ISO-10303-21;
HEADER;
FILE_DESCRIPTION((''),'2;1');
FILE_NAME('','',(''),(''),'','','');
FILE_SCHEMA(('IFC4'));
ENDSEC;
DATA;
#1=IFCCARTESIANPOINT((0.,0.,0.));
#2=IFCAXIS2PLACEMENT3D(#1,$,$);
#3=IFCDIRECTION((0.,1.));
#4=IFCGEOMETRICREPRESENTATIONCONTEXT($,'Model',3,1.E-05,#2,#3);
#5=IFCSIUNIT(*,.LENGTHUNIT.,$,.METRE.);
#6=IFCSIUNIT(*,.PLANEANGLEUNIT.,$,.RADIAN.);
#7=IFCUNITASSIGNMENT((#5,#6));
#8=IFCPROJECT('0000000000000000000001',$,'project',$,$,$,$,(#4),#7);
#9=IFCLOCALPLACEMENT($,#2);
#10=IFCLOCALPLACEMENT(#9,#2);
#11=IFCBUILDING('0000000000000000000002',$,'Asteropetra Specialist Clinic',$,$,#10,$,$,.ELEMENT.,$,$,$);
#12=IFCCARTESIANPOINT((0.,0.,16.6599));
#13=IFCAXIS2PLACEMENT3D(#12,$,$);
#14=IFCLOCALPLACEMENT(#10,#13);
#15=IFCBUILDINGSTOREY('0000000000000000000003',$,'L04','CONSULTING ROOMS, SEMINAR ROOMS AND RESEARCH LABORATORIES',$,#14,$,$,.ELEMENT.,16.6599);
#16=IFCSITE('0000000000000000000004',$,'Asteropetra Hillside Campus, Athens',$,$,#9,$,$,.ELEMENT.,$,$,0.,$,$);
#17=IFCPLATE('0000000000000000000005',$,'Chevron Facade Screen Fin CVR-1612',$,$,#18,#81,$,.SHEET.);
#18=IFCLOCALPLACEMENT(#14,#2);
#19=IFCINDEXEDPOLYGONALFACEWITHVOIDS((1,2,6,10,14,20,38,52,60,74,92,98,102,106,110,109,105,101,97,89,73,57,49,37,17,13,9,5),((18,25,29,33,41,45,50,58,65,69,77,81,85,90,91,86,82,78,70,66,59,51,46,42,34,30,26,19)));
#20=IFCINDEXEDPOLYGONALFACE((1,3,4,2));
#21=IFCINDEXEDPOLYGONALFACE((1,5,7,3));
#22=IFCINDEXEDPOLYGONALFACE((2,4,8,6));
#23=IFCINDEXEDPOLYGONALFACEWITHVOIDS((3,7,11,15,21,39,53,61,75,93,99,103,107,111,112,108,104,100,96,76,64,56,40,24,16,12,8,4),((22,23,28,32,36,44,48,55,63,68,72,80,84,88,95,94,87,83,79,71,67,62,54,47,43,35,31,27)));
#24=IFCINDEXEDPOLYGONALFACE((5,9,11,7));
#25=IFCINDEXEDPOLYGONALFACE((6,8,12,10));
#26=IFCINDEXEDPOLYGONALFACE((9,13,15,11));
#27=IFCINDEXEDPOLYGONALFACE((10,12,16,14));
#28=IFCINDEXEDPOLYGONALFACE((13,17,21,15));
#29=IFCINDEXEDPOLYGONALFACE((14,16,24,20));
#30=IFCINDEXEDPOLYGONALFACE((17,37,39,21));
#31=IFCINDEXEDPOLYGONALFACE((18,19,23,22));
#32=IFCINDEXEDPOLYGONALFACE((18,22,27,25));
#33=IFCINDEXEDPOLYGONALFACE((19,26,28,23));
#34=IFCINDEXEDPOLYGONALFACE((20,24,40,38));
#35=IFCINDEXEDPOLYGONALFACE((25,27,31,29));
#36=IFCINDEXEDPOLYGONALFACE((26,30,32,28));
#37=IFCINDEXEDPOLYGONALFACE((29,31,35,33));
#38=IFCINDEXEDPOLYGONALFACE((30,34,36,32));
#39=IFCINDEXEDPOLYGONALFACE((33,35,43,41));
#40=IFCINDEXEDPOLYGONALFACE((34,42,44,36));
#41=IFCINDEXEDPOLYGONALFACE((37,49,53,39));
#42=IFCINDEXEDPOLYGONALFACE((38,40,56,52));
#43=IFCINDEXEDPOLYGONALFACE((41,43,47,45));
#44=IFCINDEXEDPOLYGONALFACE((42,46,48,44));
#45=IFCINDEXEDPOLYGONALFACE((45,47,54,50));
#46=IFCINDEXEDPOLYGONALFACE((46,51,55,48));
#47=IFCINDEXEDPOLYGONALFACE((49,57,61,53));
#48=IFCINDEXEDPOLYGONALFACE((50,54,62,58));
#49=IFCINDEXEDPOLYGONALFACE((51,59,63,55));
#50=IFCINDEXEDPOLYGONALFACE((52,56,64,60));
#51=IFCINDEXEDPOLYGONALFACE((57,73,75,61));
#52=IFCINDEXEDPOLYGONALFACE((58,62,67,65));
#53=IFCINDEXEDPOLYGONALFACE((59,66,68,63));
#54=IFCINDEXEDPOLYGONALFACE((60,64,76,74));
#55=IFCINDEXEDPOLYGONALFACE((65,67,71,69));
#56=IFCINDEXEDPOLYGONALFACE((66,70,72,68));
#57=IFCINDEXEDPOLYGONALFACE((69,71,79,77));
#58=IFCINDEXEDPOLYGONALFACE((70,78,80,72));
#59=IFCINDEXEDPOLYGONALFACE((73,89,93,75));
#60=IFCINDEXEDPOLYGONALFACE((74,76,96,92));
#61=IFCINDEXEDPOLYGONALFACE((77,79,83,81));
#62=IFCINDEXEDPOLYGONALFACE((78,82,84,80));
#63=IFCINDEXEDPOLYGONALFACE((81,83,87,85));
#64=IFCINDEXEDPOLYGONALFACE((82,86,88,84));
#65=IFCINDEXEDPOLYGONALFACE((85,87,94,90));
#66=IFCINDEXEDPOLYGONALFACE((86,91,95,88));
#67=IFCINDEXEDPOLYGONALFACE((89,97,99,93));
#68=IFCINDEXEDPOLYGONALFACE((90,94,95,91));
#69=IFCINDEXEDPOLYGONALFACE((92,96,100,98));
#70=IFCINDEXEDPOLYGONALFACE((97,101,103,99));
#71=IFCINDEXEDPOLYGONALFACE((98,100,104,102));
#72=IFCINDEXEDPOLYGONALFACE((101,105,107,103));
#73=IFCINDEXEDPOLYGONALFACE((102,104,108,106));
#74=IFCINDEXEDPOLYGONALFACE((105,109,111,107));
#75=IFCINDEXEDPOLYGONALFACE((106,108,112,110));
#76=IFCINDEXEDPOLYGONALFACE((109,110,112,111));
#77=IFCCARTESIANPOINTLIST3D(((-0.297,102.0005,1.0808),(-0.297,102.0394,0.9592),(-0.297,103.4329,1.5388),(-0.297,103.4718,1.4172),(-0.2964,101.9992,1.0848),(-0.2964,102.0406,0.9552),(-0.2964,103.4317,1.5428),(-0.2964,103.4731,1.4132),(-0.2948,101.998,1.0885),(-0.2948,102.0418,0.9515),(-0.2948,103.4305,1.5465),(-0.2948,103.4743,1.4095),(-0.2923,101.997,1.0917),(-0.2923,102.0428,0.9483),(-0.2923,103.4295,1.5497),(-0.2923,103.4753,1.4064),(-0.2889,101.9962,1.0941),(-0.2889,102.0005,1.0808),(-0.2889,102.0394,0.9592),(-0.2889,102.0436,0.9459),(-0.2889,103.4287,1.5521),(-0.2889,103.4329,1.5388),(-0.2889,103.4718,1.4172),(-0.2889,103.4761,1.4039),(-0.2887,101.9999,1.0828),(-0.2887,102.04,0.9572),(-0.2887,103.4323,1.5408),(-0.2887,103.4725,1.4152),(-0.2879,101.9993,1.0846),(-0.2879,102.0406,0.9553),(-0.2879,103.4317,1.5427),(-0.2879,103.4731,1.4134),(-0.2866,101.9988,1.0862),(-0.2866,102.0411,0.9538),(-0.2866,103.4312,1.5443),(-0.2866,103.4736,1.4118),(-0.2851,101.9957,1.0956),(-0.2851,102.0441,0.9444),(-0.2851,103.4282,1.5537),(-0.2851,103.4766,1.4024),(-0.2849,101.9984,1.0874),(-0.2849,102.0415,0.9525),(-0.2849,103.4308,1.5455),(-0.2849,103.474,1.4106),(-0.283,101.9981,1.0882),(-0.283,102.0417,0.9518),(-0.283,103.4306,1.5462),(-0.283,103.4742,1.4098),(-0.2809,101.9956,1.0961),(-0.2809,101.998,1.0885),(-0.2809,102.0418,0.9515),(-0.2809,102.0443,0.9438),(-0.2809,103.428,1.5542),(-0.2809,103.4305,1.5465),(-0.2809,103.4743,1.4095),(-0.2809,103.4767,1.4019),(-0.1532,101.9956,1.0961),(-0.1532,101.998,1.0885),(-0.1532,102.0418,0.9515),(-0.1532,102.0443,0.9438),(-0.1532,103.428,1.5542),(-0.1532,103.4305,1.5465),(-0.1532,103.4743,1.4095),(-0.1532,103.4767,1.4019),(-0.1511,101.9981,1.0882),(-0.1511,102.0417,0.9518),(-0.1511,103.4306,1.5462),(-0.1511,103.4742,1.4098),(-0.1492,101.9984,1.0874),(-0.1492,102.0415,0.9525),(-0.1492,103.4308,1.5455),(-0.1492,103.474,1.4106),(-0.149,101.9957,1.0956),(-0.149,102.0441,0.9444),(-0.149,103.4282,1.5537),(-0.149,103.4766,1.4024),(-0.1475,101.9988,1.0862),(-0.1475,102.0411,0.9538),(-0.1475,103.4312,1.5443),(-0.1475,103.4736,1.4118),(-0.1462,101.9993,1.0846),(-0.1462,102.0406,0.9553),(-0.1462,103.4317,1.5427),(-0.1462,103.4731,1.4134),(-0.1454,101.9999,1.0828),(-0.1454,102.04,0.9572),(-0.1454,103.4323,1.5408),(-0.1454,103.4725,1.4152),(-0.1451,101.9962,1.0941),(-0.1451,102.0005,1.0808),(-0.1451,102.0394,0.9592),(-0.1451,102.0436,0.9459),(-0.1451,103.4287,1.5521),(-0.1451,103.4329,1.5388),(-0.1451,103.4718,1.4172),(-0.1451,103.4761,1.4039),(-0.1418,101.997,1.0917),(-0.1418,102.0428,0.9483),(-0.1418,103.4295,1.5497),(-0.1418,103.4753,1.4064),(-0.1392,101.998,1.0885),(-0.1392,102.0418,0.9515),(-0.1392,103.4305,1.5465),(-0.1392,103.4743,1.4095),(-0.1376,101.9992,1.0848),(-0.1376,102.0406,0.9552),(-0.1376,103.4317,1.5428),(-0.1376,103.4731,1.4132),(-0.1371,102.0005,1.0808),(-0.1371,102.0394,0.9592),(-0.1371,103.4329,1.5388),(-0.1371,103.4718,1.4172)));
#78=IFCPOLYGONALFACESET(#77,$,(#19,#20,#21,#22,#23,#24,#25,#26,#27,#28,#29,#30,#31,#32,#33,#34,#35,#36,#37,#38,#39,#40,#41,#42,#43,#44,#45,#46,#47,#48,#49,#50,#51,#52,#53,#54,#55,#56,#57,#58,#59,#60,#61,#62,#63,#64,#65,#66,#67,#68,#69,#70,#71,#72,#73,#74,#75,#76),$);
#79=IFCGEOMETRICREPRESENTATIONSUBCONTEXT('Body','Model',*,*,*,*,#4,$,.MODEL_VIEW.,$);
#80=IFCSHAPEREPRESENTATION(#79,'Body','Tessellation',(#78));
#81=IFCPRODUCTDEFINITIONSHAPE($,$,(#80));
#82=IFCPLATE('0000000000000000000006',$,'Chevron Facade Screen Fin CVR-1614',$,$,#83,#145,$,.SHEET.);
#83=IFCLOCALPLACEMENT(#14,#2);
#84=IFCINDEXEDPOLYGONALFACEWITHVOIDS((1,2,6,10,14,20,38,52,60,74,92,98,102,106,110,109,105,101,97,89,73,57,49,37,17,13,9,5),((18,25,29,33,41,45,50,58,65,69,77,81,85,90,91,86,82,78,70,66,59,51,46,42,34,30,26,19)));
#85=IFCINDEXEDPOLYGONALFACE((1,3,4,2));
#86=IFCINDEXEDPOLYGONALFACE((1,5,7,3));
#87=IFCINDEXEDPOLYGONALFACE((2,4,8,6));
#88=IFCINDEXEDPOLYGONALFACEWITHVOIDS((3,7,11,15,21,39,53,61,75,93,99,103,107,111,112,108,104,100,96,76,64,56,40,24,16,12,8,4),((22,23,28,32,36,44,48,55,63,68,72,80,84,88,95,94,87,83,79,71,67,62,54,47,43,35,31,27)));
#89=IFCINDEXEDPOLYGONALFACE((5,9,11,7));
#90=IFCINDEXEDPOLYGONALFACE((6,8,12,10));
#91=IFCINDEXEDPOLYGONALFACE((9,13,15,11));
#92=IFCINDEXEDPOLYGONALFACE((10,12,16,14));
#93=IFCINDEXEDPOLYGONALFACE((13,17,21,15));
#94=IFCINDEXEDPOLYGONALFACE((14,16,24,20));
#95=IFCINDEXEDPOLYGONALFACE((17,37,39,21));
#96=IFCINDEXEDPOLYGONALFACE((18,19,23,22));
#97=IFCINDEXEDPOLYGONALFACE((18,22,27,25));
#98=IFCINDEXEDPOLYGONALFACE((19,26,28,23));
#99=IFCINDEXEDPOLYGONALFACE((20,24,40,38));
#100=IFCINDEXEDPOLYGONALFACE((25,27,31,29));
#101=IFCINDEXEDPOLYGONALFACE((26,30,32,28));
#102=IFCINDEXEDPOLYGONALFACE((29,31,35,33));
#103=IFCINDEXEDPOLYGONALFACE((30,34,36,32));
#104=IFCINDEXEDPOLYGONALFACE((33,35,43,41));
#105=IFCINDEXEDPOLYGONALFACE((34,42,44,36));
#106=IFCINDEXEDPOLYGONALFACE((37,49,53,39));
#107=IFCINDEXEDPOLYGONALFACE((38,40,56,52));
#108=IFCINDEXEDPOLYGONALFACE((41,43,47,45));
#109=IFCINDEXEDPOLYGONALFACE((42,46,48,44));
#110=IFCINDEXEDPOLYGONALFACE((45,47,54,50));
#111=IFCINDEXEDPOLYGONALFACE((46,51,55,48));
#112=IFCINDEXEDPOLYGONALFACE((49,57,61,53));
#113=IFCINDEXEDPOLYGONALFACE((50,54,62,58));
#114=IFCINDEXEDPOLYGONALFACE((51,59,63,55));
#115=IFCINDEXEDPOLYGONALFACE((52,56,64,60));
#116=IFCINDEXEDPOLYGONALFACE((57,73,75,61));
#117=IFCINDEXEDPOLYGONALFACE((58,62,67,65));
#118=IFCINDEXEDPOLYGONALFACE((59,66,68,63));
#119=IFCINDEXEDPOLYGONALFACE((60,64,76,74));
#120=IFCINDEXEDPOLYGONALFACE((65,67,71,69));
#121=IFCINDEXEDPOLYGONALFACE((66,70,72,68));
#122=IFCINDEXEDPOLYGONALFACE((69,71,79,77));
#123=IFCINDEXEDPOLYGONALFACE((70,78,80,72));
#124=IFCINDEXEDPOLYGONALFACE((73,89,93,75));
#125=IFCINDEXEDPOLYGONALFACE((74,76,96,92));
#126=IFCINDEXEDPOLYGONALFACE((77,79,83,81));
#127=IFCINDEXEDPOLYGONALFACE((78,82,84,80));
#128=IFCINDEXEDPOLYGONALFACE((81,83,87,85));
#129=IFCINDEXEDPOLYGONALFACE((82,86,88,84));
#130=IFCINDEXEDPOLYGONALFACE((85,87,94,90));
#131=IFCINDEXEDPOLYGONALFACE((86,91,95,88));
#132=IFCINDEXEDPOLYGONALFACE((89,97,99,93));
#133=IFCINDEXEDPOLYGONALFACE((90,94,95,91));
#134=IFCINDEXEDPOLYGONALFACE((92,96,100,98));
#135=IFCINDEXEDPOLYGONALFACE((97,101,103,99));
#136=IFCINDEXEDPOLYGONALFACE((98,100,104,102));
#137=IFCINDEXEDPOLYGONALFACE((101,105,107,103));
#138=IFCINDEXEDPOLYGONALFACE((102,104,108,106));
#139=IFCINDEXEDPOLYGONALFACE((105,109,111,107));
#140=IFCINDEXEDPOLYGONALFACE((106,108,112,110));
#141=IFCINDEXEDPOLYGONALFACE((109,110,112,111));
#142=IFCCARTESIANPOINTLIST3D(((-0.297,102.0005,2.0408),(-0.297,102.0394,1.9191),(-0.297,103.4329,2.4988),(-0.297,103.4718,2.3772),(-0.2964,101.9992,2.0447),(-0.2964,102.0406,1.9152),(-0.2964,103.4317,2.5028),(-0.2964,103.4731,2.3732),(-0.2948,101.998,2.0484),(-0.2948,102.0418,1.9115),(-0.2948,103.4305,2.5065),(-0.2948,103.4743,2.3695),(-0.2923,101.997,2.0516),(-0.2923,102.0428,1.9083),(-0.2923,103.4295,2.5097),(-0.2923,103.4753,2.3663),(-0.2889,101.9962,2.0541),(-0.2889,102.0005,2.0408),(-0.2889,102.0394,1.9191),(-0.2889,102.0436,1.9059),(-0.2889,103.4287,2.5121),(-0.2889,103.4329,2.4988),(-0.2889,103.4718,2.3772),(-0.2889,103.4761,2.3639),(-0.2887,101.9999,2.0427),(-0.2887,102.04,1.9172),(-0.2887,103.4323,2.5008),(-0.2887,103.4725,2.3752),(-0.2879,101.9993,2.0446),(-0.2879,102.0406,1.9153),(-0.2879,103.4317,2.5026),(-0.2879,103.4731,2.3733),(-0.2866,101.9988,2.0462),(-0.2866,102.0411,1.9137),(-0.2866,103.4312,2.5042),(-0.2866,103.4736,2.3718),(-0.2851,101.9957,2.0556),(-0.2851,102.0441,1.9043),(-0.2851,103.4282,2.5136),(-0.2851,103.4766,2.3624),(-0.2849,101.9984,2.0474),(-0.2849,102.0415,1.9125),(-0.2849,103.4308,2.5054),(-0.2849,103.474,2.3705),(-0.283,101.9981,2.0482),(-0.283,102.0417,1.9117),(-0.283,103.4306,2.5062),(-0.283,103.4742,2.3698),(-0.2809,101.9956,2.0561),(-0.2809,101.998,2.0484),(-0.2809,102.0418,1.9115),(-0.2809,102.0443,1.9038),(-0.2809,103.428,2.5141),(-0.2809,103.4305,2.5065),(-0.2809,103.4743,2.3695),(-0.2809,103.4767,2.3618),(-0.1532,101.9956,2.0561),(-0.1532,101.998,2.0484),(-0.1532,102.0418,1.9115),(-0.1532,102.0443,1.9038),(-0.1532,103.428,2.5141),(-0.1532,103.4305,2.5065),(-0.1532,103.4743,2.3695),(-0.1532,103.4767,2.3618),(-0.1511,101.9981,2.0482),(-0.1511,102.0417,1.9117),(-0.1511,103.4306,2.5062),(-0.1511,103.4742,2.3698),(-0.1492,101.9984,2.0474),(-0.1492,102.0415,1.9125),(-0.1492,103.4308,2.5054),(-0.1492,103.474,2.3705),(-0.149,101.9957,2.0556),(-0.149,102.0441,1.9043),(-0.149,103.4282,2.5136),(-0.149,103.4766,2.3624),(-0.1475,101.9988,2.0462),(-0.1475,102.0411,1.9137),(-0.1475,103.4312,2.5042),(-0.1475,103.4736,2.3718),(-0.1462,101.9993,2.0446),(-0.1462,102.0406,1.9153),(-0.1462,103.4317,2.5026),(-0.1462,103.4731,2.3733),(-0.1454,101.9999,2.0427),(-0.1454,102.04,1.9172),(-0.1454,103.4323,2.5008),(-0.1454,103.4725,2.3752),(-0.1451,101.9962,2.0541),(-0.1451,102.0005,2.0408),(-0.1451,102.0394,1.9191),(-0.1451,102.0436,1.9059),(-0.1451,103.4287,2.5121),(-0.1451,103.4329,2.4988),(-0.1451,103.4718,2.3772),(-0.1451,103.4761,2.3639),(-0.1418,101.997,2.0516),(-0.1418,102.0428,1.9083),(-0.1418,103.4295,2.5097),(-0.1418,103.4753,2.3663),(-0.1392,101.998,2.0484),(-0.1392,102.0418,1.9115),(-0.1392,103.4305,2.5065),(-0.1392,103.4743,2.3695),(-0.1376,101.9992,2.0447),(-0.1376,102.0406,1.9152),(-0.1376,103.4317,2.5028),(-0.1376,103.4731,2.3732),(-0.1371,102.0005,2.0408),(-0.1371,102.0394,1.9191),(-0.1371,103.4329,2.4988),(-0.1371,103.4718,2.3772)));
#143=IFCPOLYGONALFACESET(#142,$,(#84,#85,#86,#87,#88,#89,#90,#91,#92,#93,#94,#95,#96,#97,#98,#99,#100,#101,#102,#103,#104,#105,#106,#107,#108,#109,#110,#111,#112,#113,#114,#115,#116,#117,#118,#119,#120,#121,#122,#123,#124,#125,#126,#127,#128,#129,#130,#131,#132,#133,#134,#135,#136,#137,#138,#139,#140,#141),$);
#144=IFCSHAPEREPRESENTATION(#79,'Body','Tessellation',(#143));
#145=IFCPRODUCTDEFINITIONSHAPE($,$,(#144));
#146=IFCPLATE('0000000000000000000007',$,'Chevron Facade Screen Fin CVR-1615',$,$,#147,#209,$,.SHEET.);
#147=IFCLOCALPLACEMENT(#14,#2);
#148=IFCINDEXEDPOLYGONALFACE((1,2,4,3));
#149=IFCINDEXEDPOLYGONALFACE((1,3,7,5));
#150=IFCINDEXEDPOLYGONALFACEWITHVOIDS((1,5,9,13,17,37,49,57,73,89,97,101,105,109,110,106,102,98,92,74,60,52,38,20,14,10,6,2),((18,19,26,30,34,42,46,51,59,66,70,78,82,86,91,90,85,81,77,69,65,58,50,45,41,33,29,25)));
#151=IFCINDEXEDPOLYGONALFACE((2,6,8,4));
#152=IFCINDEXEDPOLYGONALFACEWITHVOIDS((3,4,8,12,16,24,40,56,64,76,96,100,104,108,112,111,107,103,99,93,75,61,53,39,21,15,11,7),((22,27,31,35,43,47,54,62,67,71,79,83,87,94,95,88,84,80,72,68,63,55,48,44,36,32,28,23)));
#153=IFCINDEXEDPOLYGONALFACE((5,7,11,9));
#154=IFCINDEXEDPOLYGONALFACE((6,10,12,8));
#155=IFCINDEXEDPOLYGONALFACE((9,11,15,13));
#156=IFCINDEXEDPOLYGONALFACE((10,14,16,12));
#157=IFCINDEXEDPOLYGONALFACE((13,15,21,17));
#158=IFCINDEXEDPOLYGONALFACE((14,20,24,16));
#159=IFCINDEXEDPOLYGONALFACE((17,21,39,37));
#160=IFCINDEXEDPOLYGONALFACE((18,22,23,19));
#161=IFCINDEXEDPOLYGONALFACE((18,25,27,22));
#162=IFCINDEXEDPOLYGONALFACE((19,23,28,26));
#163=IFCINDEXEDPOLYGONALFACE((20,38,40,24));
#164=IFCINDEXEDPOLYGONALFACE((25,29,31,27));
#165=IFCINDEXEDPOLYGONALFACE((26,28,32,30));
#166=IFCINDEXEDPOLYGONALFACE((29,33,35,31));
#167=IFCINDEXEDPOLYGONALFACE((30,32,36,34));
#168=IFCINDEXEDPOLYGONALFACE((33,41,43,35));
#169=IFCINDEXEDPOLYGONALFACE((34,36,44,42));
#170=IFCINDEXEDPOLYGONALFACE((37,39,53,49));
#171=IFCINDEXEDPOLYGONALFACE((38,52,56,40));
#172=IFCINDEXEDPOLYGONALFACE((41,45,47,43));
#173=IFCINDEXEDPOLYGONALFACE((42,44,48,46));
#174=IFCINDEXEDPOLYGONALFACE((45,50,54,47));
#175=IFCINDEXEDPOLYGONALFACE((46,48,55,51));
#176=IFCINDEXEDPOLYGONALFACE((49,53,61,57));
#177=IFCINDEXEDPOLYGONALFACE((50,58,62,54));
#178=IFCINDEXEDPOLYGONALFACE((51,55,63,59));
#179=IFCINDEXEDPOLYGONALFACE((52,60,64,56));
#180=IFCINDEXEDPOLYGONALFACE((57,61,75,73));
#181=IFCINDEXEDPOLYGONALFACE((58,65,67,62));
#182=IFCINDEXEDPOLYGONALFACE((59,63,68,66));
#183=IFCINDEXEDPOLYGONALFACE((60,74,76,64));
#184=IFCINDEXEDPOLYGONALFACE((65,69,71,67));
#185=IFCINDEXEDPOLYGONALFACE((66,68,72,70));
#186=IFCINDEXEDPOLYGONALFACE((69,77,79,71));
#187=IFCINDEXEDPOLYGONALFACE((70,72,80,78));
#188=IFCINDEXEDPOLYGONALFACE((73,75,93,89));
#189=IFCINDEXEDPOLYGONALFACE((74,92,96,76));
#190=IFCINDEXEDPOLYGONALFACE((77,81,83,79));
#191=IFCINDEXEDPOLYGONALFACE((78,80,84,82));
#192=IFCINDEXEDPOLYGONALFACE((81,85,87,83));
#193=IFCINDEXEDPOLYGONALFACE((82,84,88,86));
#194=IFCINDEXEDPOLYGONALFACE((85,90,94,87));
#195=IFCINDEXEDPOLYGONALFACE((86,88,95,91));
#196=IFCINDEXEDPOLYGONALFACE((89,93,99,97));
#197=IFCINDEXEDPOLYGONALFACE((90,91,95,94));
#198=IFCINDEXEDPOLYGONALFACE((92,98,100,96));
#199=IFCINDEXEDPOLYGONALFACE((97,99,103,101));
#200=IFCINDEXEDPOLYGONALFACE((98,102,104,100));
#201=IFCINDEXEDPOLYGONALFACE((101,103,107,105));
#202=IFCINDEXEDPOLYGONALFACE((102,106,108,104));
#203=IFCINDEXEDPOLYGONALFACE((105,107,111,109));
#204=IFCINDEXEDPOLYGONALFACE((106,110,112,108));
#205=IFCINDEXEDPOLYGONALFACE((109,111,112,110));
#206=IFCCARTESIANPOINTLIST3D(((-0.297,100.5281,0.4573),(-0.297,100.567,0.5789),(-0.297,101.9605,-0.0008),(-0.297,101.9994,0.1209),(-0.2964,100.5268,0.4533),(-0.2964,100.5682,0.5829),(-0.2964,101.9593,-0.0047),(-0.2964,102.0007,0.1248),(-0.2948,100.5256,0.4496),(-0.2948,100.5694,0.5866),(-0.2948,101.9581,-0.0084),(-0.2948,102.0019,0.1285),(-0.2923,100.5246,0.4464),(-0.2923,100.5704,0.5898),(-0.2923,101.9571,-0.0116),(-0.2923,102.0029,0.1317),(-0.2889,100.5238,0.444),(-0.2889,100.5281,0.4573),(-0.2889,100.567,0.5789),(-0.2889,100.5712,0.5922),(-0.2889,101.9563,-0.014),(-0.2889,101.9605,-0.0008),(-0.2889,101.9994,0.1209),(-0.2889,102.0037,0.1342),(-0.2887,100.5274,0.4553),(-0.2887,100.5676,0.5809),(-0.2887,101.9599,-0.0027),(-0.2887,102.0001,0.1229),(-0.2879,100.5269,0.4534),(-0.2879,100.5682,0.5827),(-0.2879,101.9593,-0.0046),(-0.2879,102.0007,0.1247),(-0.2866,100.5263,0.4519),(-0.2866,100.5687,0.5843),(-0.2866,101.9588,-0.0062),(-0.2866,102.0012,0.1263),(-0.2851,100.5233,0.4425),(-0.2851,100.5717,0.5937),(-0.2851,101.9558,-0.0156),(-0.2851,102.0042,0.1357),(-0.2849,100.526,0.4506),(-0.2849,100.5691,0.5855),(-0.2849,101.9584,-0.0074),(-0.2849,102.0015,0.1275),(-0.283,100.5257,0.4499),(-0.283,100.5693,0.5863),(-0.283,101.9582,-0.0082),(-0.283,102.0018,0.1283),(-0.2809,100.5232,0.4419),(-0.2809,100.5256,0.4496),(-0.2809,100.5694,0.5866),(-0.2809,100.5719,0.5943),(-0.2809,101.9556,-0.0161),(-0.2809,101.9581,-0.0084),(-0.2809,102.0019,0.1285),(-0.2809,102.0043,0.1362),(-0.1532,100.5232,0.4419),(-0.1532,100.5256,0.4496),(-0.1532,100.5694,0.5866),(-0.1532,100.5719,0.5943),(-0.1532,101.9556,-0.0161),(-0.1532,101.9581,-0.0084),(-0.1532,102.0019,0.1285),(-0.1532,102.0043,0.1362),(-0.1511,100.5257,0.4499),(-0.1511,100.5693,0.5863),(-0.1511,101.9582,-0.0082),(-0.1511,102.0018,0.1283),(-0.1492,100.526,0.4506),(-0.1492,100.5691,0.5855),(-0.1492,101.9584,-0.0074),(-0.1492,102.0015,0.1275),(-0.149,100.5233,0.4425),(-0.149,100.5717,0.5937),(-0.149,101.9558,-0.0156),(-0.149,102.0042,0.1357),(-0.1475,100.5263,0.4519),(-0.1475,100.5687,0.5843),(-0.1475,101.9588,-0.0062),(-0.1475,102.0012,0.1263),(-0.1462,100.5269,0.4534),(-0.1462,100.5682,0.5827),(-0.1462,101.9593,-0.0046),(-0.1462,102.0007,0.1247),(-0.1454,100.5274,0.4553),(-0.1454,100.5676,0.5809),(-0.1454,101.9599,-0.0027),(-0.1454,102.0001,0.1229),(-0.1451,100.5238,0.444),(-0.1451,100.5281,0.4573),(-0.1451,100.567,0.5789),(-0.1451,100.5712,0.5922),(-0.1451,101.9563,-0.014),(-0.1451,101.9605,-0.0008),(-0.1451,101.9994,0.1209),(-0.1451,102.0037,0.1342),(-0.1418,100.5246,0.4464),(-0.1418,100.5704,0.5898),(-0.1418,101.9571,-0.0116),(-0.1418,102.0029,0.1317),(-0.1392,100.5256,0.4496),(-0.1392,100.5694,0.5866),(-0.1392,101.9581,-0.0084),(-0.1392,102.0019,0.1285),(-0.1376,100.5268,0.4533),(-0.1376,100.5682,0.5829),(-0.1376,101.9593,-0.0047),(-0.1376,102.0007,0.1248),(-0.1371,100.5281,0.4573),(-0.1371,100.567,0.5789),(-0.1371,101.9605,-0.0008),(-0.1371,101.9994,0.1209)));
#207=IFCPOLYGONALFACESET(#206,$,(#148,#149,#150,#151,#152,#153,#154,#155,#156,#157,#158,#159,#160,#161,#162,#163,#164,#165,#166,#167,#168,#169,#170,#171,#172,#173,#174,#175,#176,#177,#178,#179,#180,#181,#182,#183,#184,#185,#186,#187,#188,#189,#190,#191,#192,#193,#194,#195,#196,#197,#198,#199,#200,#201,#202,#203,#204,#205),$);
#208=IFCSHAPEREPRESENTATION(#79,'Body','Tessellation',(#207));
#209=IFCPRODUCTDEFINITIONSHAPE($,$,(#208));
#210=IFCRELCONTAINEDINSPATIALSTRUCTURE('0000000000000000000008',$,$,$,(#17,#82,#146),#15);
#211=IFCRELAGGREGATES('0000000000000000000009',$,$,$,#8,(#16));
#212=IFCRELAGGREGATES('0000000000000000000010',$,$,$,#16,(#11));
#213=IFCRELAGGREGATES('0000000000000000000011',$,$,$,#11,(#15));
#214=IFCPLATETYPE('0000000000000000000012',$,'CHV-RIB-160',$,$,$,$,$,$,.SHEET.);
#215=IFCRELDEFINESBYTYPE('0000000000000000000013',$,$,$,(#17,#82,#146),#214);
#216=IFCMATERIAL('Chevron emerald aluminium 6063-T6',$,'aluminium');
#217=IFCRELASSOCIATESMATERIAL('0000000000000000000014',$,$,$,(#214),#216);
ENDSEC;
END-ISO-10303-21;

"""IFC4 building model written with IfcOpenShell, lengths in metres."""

from ifc_helpers import new_model, si_unit, direction, frame, origin, origin_2d, place, context, subcontext, project, spatial, hollow_rectangle, extrude, material, material_profile, profile_set, type_object, element, save


model = new_model("IFC4")

# Units and contexts
model_context = context("Model", 3, precision=1e-05, world=origin(), true_north=direction((0.0, 1.0)))
body_context = subcontext(model_context, "Body", "Model", "MODEL_VIEW")
ifc_project = project(units=[si_unit("LENGTHUNIT", "METRE"), si_unit("PLANEANGLEUNIT", "RADIAN")], contexts=[model_context])

# Site, building, storey
site_placement = place(None, origin())
site = spatial("IfcSite", under=ifc_project, at=site_placement, Name="Asteropetra Hillside Campus, Athens", CompositionType="ELEMENT", RefElevation=0.0)
building_placement = place(site_placement, origin())
building = spatial("IfcBuilding", under=site, at=building_placement, Name="Asteropetra Specialist Clinic", CompositionType="ELEMENT")
storey_placement = place(building_placement, frame((0.0, 0.0, 16.6599)))
storey = spatial("IfcBuildingStorey", under=building, at=storey_placement, Name="L04", Description="CONSULTING ROOMS, SEMINAR ROOMS AND RESEARCH LABORATORIES", CompositionType="ELEMENT", Elevation=16.6599)

# Plates
ifc_material_1 = material(Name="Chevron emerald aluminium 6063-T6", Category="aluminium")
ifc_material_profile = material_profile(ifc_material_1, hollow_rectangle(XDim=0.1599, YDim=0.1599, WallThickness=0.0081, InnerFilletRadius=0.0081, OuterFilletRadius=0.0161, at=origin_2d()), Name="SHS 160x160x8.0")
ifc_profile_set = profile_set([ifc_material_profile], Name="Chevron emerald aluminium 6063-T6")
plate_type_1 = type_object("IfcPlateType", Name="CHV-RIB-160", PredefinedType="SHEET", material=ifc_profile_set)
for number, where, z_axis, x_axis, name in (
    (1, (-0.217, 103.4524, 1.478), (0.0, -0.952492, -0.304564), (1.0, 0.0, 0.0), "Chevron Facade Screen Fin CVR-1612"),
    (2, (-0.217, 103.4524, 2.438), (0.0, -0.952492, -0.304564), (1.0, 0.0, 0.0), "Chevron Facade Screen Fin CVR-1614"),
    (3, (-0.217, 101.98, 0.0601), (0.0, -0.952492, 0.304564), (1.0, 0.0, 0.0), "Chevron Facade Screen Fin CVR-1615"),
):
    element("IfcPlate", number, at=place(storey_placement, frame(where, z_axis=z_axis, x_axis=x_axis)), inside=storey, type_object=plate_type_1, Name=name, PredefinedType="SHEET", context=body_context, shape_type="SweptSolid", body=[
        extrude(hollow_rectangle(XDim=0.1599, YDim=0.1599, WallThickness=0.0081, InnerFilletRadius=0.0081, OuterFilletRadius=0.0161, at=origin_2d()), origin(), (0.0, 0.0, 1.0), 1.5039),
    ])

save(model, "model.ifc")
